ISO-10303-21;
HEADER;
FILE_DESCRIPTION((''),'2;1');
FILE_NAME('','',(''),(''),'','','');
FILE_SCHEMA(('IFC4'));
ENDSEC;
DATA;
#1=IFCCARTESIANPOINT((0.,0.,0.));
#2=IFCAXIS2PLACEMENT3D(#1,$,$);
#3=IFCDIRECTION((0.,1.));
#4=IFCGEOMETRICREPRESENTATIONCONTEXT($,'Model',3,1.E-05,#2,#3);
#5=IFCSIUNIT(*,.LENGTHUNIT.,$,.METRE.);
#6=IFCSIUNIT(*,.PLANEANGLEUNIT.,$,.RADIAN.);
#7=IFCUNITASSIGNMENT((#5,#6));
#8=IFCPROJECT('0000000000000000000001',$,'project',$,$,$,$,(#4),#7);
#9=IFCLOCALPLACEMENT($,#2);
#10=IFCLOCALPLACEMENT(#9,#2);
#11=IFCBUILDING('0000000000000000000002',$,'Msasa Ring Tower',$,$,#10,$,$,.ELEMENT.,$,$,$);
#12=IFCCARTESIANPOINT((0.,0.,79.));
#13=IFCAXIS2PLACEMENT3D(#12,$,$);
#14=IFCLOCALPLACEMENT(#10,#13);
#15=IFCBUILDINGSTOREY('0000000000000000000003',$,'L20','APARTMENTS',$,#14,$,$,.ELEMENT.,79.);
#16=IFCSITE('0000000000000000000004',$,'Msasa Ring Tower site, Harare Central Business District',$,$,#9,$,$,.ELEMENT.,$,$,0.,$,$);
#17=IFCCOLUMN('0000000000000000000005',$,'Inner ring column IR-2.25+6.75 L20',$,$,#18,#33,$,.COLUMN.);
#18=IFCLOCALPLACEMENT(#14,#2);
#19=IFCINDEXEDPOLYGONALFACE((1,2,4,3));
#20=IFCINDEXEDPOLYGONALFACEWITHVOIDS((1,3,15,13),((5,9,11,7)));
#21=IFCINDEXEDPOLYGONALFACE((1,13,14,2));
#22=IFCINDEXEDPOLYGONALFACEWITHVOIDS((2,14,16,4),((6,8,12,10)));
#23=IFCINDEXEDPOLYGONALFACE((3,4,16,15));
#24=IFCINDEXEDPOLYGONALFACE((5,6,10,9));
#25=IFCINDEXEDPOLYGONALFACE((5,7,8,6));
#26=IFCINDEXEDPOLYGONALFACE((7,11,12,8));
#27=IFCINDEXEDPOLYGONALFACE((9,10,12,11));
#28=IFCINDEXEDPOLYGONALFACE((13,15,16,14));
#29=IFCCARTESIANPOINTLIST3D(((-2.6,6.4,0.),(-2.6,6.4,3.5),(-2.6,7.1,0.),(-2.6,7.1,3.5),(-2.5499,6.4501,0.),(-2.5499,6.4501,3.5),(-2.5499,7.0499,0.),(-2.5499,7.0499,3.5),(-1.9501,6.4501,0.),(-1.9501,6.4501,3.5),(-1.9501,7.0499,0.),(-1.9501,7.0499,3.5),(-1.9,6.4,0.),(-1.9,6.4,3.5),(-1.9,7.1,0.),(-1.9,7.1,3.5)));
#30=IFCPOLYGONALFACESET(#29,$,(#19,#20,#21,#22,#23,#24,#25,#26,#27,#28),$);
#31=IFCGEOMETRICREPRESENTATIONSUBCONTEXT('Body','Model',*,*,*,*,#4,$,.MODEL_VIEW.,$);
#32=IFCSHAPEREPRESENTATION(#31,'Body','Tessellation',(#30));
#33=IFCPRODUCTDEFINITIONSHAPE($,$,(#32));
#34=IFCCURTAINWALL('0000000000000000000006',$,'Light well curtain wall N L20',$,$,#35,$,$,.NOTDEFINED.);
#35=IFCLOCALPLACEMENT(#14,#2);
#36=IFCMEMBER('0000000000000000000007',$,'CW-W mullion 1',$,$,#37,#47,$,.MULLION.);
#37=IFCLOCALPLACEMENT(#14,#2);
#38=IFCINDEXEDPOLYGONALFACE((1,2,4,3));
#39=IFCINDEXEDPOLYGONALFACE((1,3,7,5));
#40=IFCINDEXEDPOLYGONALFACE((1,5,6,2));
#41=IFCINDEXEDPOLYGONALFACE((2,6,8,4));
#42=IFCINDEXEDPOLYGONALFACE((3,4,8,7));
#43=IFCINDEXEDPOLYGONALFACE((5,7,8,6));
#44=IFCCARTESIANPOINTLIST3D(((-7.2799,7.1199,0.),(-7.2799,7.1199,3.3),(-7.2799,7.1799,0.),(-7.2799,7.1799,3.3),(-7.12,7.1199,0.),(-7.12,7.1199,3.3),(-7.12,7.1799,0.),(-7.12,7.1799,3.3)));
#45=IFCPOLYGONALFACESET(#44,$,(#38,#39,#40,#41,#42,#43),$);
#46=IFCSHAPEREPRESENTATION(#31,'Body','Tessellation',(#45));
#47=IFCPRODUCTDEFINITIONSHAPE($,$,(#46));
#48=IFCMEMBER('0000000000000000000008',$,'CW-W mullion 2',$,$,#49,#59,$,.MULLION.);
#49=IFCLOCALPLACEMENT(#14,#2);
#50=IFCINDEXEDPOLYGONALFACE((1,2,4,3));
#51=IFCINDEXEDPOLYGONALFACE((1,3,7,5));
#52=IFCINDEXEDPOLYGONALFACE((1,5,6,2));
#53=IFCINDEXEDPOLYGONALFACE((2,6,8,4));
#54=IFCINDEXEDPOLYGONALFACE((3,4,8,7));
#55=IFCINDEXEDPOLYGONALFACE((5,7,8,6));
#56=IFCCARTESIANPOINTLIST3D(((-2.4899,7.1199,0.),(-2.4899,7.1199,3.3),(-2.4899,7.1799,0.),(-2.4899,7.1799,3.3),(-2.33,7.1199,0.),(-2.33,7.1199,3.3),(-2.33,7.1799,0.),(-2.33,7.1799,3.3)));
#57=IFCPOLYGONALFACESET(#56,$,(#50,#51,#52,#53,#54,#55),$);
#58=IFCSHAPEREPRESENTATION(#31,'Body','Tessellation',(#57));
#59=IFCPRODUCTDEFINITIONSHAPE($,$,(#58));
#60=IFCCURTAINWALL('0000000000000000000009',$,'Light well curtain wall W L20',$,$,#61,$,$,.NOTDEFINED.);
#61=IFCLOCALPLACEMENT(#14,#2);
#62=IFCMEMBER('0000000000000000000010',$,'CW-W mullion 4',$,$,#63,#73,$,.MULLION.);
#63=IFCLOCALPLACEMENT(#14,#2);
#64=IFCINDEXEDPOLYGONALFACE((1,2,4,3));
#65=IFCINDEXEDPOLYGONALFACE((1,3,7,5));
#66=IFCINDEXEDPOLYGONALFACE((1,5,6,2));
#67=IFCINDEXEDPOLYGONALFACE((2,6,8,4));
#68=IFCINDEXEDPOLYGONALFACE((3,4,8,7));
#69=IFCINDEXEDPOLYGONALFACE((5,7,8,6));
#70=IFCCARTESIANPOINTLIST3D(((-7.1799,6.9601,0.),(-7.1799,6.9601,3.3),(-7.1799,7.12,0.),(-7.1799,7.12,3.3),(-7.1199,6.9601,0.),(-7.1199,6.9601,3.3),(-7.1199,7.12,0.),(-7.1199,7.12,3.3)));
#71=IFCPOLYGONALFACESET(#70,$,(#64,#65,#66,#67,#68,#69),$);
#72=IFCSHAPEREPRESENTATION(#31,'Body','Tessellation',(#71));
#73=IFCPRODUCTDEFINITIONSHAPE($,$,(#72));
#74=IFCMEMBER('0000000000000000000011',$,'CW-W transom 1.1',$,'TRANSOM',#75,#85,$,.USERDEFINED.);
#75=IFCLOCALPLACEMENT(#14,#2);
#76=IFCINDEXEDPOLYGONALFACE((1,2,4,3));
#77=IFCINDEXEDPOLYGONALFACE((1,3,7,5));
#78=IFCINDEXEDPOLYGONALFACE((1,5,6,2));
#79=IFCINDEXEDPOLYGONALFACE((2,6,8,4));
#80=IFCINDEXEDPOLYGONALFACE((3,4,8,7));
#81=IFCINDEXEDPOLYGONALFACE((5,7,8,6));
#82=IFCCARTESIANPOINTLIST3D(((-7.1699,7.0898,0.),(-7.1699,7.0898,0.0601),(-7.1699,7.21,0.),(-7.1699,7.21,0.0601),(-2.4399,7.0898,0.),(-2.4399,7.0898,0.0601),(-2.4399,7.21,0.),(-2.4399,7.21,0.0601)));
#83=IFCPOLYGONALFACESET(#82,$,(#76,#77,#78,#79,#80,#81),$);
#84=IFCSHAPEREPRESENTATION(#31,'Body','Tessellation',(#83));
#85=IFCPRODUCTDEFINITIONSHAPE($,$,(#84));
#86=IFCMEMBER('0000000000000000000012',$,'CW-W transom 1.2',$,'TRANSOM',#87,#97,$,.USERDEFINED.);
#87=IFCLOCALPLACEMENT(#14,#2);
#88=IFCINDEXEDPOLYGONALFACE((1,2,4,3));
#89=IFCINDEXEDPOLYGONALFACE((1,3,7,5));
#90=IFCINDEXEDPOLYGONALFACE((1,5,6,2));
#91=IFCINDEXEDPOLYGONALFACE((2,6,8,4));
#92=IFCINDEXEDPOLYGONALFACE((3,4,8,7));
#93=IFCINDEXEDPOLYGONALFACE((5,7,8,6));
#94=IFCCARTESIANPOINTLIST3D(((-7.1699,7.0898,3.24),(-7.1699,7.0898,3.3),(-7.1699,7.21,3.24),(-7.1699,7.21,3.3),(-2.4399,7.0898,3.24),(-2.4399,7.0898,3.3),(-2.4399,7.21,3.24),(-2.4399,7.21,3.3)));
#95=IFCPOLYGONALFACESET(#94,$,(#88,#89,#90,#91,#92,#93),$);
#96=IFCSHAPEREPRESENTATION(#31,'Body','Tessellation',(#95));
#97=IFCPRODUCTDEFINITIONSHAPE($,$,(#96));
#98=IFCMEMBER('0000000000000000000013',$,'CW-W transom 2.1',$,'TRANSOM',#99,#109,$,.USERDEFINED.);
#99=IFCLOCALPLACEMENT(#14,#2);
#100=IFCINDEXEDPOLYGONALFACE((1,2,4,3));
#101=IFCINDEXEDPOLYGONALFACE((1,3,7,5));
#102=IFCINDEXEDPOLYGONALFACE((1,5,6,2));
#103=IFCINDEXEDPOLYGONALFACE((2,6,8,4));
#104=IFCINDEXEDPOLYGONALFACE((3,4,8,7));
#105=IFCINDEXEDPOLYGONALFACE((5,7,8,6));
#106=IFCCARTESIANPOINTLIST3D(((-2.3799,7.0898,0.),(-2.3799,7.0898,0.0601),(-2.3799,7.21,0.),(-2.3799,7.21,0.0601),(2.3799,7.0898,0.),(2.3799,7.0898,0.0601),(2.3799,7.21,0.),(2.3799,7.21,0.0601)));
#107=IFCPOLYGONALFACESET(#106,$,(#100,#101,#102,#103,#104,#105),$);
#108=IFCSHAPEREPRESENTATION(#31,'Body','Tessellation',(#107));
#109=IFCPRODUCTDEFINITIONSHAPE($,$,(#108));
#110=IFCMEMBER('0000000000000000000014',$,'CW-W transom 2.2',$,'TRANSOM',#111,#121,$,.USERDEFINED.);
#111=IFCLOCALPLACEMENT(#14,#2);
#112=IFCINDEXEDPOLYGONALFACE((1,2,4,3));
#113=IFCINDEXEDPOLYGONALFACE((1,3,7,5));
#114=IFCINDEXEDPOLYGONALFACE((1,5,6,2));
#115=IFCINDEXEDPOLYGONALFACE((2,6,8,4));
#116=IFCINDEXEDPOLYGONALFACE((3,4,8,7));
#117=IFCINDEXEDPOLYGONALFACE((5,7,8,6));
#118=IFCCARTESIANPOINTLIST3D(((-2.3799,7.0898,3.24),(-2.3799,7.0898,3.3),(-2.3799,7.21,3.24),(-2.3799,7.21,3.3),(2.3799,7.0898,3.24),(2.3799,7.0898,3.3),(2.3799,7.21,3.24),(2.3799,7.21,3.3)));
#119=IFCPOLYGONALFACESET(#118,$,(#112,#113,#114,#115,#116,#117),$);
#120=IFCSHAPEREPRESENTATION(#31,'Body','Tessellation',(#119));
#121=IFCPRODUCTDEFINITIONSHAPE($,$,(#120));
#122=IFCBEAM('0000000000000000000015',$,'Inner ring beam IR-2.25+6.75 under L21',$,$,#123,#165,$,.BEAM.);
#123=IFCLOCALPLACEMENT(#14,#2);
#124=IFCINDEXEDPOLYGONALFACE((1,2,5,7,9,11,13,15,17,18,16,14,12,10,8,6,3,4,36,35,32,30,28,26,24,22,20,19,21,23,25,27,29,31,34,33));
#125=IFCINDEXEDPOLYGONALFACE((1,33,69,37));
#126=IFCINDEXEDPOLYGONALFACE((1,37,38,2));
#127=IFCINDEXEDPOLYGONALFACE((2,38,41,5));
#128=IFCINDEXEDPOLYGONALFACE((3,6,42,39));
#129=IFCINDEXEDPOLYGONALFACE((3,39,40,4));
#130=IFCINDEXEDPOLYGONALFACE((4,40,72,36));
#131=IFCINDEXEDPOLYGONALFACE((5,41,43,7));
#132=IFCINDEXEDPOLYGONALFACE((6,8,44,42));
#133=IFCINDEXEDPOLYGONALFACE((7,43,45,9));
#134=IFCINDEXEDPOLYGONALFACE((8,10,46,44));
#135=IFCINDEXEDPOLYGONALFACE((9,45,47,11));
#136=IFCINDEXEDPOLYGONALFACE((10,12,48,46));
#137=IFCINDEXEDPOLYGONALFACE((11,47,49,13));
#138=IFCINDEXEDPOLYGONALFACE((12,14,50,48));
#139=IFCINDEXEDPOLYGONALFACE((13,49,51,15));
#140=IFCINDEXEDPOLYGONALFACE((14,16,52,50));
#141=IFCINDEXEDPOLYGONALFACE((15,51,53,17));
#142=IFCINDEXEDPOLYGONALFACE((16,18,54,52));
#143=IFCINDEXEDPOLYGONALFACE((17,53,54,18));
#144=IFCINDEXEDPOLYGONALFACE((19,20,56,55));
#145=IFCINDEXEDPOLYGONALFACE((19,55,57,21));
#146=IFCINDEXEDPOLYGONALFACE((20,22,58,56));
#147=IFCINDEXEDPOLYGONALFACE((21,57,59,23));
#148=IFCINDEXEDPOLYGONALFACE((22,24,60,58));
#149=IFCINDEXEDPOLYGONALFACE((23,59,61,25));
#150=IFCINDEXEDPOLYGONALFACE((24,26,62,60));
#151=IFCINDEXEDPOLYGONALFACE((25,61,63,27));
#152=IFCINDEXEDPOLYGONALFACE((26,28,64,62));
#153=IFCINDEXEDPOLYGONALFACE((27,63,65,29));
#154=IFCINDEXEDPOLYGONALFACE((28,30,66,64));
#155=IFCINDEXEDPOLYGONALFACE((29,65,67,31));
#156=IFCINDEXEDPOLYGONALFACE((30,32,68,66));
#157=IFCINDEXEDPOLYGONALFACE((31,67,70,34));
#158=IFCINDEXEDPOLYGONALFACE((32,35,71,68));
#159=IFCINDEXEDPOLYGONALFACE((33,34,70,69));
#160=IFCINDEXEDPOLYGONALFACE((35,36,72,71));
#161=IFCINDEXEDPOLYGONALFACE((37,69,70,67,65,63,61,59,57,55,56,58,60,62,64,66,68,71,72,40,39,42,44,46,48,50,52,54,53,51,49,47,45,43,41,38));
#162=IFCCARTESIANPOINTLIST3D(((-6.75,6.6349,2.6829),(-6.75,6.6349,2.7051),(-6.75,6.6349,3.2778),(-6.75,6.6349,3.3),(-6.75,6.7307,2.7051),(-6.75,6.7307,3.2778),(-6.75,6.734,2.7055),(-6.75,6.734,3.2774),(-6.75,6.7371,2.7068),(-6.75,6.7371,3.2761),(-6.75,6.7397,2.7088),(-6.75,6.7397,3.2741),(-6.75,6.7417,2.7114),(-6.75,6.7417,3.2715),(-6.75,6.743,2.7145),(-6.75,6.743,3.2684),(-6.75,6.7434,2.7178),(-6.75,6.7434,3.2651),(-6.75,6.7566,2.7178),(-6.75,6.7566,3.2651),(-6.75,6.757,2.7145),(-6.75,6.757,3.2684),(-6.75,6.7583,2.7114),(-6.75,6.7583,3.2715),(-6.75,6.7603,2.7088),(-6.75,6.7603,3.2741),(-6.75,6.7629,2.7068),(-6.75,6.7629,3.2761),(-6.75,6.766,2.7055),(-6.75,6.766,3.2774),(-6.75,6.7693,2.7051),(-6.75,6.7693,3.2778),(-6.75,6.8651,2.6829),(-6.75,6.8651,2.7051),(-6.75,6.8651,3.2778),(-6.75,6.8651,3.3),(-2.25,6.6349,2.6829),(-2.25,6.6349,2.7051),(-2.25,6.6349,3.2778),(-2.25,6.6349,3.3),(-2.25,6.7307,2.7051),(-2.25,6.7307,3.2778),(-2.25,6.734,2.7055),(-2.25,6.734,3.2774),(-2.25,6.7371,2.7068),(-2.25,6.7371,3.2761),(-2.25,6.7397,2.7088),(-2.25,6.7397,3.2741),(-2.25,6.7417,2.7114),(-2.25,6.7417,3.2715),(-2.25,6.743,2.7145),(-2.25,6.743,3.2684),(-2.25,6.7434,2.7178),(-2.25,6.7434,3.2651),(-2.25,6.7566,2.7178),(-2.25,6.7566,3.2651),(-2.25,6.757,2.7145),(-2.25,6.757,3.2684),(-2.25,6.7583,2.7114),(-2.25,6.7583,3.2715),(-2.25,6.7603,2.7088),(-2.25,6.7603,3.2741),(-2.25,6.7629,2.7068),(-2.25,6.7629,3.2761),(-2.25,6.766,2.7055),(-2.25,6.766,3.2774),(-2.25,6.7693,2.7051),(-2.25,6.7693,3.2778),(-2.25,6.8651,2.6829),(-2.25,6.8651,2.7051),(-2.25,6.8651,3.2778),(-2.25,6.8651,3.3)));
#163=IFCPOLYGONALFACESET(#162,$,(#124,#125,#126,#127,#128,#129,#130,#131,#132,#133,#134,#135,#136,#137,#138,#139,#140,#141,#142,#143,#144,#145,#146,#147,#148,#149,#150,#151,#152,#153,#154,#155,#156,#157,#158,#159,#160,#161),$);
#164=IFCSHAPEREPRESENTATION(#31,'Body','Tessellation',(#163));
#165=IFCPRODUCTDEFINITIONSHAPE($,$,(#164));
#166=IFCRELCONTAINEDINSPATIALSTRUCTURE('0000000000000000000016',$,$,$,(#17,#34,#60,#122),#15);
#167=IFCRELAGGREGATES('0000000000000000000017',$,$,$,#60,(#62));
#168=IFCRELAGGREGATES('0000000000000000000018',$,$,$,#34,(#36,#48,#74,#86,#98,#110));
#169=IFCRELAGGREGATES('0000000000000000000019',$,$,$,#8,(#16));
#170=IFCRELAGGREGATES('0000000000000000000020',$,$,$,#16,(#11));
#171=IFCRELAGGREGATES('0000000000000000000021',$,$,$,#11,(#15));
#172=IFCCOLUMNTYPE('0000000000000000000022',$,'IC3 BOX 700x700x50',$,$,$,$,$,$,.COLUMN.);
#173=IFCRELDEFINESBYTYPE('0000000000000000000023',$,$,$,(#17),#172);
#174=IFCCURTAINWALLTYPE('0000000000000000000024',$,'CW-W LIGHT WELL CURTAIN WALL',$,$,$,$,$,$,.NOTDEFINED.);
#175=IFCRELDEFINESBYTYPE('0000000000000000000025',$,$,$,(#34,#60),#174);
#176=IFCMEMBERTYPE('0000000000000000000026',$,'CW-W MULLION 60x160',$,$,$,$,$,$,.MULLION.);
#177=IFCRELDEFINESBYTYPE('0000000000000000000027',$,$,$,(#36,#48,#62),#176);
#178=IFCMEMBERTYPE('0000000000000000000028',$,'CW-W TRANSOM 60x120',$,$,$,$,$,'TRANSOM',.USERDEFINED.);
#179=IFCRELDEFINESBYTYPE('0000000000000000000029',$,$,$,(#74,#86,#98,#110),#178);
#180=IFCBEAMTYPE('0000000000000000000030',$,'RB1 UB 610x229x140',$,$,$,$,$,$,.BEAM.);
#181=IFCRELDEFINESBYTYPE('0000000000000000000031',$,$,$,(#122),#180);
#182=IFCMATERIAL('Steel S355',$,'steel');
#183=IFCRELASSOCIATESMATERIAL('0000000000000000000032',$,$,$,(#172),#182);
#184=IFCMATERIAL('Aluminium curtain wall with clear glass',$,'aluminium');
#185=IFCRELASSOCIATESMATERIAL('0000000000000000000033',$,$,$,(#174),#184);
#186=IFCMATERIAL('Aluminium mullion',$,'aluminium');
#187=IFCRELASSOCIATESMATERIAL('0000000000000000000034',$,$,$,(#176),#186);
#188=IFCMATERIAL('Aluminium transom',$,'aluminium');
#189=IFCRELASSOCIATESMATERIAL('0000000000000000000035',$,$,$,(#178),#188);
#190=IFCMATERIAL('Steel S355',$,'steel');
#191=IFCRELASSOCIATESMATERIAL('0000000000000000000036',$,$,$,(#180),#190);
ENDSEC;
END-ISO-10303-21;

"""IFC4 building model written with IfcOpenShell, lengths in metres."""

from ifc_helpers import new_model, si_unit, direction, frame, origin, origin_2d, place, context, subcontext, project, spatial, rectangle, hollow_rectangle, i_section, extrude, material, material_profile, profile_set, type_object, element, aggregate, save


model = new_model("IFC4")

# Units and contexts
model_context = context("Model", 3, precision=1e-05, world=origin(), true_north=direction((0.0, 1.0)))
body_context = subcontext(model_context, "Body", "Model", "MODEL_VIEW")
ifc_project = project(units=[si_unit("LENGTHUNIT", "METRE"), si_unit("PLANEANGLEUNIT", "RADIAN")], contexts=[model_context])

# Site, building, storey
site_placement = place(None, origin())
site = spatial("IfcSite", under=ifc_project, at=site_placement, Name="Msasa Ring Tower site, Harare Central Business District", CompositionType="ELEMENT", RefElevation=0.0)
building_placement = place(site_placement, origin())
building = spatial("IfcBuilding", under=site, at=building_placement, Name="Msasa Ring Tower", CompositionType="ELEMENT")
storey_placement = place(building_placement, frame((0.0, 0.0, 79.0)))
storey = spatial("IfcBuildingStorey", under=building, at=storey_placement, Name="L20", Description="APARTMENTS", CompositionType="ELEMENT", Elevation=79.0)

# Column
ifc_material_1 = material(Name="Steel S355", Category="steel")
ifc_material_profile_1 = material_profile(ifc_material_1, hollow_rectangle(XDim=0.7, YDim=0.7, WallThickness=0.05, at=origin_2d()), Name="BOX 700x700x50")
ifc_profile_set_1 = profile_set([ifc_material_profile_1], Name="Steel S355")
column_type = type_object("IfcColumnType", Name="IC3 BOX 700x700x50", PredefinedType="COLUMN", material=ifc_profile_set_1)
column_placement = place(storey_placement, frame((-2.25, 6.75, 0.0), z_axis=(0.0, 0.0, 1.0), x_axis=(1.0, 0.0, 0.0)))
element("IfcColumn", 1, at=column_placement, inside=storey, type_object=column_type, Name="Inner ring column IR-2.25+6.75 L20", PredefinedType="COLUMN", context=body_context, shape_type="SweptSolid", body=[
    extrude(hollow_rectangle(XDim=0.7, YDim=0.7, WallThickness=0.05, at=origin_2d()), origin(), (0.0, 0.0, 1.0), 3.5),
])

# Curtain wall, members
ifc_material_2 = material(Name="Aluminium curtain wall with clear glass", Category="aluminium")
curtain_wall_type = type_object("IfcCurtainWallType", Name="CW-W LIGHT WELL CURTAIN WALL", PredefinedType="NOTDEFINED", material=ifc_material_2)
curtain_wall_1_placement = place(storey_placement, origin())
curtain_wall_1 = element("IfcCurtainWall", 2, at=curtain_wall_1_placement, inside=storey, type_object=curtain_wall_type, Name="Light well curtain wall N L20", PredefinedType="NOTDEFINED")
ifc_material_3 = material(Name="Aluminium mullion", Category="aluminium")
ifc_material_profile_2 = material_profile(ifc_material_3, rectangle(XDim=0.0601, YDim=0.1599, at=origin_2d()), Name="AL 60x160")
ifc_profile_set_2 = profile_set([ifc_material_profile_2], Name="Aluminium mullion")
member_type_1 = type_object("IfcMemberType", Name="CW-W MULLION 60x160", PredefinedType="MULLION", material=ifc_profile_set_2)
member_1_placement = place(storey_placement, frame((-7.2, 7.1499, 0.0), z_axis=(0.0, 0.0, 1.0), x_axis=(0.0, 1.0, 0.0)))
member_1 = element("IfcMember", 3, at=member_1_placement, type_object=member_type_1, Name="CW-W mullion 1", PredefinedType="MULLION", context=body_context, shape_type="SweptSolid", body=[
    extrude(rectangle(XDim=0.0601, YDim=0.1599, at=origin_2d()), origin(), (0.0, 0.0, 1.0), 3.3),
])
member_2_placement = place(storey_placement, frame((-2.4099, 7.1499, 0.0), z_axis=(0.0, 0.0, 1.0), x_axis=(0.0, 1.0, 0.0)))
member_2 = element("IfcMember", 4, at=member_2_placement, type_object=member_type_1, Name="CW-W mullion 2", PredefinedType="MULLION", context=body_context, shape_type="SweptSolid", body=[
    extrude(rectangle(XDim=0.0601, YDim=0.1599, at=origin_2d()), origin(), (0.0, 0.0, 1.0), 3.3),
])

# Curtain wall, member
curtain_wall_2_placement = place(storey_placement, origin())
curtain_wall_2 = element("IfcCurtainWall", 5, at=curtain_wall_2_placement, inside=storey, type_object=curtain_wall_type, Name="Light well curtain wall W L20", PredefinedType="NOTDEFINED")
member_3_placement = place(storey_placement, frame((-7.1499, 7.04, 0.0), z_axis=(0.0, 0.0, 1.0), x_axis=(-1.0, 0.0, 0.0)))
member_3 = element("IfcMember", 6, at=member_3_placement, type_object=member_type_1, Name="CW-W mullion 4", PredefinedType="MULLION", context=body_context, shape_type="SweptSolid", body=[
    extrude(rectangle(XDim=0.0601, YDim=0.1599, at=origin_2d()), origin(), (0.0, 0.0, 1.0), 3.3),
])
aggregate(curtain_wall_2, [member_3])

# Members
ifc_material_4 = material(Name="Aluminium transom", Category="aluminium")
ifc_material_profile_3 = material_profile(ifc_material_4, rectangle(XDim=0.1201, YDim=0.0601, at=origin_2d()), Name="AL 60x120")
ifc_profile_set_3 = profile_set([ifc_material_profile_3], Name="Aluminium transom")
member_type_2 = type_object("IfcMemberType", Name="CW-W TRANSOM 60x120", ElementType="TRANSOM", PredefinedType="USERDEFINED", material=ifc_profile_set_3)
member_4_placement = place(storey_placement, frame((-7.1699, 7.1499, 0.03), z_axis=(1.0, 0.0, 0.0), x_axis=(0.0, 1.0, 0.0)))
member_4 = element("IfcMember", 7, at=member_4_placement, type_object=member_type_2, Name="CW-W transom 1.1", ObjectType="TRANSOM", PredefinedType="USERDEFINED", context=body_context, shape_type="SweptSolid", body=[
    extrude(rectangle(XDim=0.1201, YDim=0.0601, at=origin_2d()), origin(), (0.0, 0.0, 1.0), 4.73),
])
member_5_placement = place(storey_placement, frame((-7.1699, 7.1499, 3.27), z_axis=(1.0, 0.0, 0.0), x_axis=(0.0, 1.0, 0.0)))
member_5 = element("IfcMember", 8, at=member_5_placement, type_object=member_type_2, Name="CW-W transom 1.2", ObjectType="TRANSOM", PredefinedType="USERDEFINED", context=body_context, shape_type="SweptSolid", body=[
    extrude(rectangle(XDim=0.1201, YDim=0.0601, at=origin_2d()), origin(), (0.0, 0.0, 1.0), 4.73),
])
member_6_placement = place(storey_placement, frame((-2.3799, 7.1499, 0.03), z_axis=(1.0, 0.0, 0.0), x_axis=(0.0, 1.0, 0.0)))
member_6 = element("IfcMember", 9, at=member_6_placement, type_object=member_type_2, Name="CW-W transom 2.1", ObjectType="TRANSOM", PredefinedType="USERDEFINED", context=body_context, shape_type="SweptSolid", body=[
    extrude(rectangle(XDim=0.1201, YDim=0.0601, at=origin_2d()), origin(), (0.0, 0.0, 1.0), 4.7598),
])
member_7_placement = place(storey_placement, frame((-2.3799, 7.1499, 3.27), z_axis=(1.0, 0.0, 0.0), x_axis=(0.0, 1.0, 0.0)))
member_7 = element("IfcMember", 10, at=member_7_placement, type_object=member_type_2, Name="CW-W transom 2.2", ObjectType="TRANSOM", PredefinedType="USERDEFINED", context=body_context, shape_type="SweptSolid", body=[
    extrude(rectangle(XDim=0.1201, YDim=0.0601, at=origin_2d()), origin(), (0.0, 0.0, 1.0), 4.7598),
])

# Beam
ifc_material_5 = material(Name="Steel S355", Category="steel")
ifc_material_profile_4 = material_profile(ifc_material_5, i_section(OverallWidth=0.2302, OverallDepth=0.6172, WebThickness=0.0132, FlangeThickness=0.0222, FilletRadius=0.0127, at=origin_2d()), Name="UB 610x229x140")
ifc_profile_set_4 = profile_set([ifc_material_profile_4], Name="Steel S355")
beam_type = type_object("IfcBeamType", Name="RB1 UB 610x229x140", PredefinedType="BEAM", material=ifc_profile_set_4)
for number, where, z_axis, x_axis, name in (
    (11, (-2.25, 6.75, 2.9915), (-1.0, 0.0, 0.0), (0.0, -1.0, 0.0), "Inner ring beam IR-2.25+6.75 under L21"),
):
    element("IfcBeam", number, at=place(storey_placement, frame(where, z_axis=z_axis, x_axis=x_axis)), inside=storey, type_object=beam_type, Name=name, PredefinedType="BEAM", context=body_context, shape_type="SweptSolid", body=[
        extrude(i_section(OverallWidth=0.2302, OverallDepth=0.6172, WebThickness=0.0132, FlangeThickness=0.0222, FilletRadius=0.0127, at=origin_2d()), origin(), (0.0, 0.0, 1.0), 4.5),
    ])

aggregate(curtain_wall_1, [member_1, member_2, member_4, member_5, member_6, member_7])

save(model, "model.ifc")
